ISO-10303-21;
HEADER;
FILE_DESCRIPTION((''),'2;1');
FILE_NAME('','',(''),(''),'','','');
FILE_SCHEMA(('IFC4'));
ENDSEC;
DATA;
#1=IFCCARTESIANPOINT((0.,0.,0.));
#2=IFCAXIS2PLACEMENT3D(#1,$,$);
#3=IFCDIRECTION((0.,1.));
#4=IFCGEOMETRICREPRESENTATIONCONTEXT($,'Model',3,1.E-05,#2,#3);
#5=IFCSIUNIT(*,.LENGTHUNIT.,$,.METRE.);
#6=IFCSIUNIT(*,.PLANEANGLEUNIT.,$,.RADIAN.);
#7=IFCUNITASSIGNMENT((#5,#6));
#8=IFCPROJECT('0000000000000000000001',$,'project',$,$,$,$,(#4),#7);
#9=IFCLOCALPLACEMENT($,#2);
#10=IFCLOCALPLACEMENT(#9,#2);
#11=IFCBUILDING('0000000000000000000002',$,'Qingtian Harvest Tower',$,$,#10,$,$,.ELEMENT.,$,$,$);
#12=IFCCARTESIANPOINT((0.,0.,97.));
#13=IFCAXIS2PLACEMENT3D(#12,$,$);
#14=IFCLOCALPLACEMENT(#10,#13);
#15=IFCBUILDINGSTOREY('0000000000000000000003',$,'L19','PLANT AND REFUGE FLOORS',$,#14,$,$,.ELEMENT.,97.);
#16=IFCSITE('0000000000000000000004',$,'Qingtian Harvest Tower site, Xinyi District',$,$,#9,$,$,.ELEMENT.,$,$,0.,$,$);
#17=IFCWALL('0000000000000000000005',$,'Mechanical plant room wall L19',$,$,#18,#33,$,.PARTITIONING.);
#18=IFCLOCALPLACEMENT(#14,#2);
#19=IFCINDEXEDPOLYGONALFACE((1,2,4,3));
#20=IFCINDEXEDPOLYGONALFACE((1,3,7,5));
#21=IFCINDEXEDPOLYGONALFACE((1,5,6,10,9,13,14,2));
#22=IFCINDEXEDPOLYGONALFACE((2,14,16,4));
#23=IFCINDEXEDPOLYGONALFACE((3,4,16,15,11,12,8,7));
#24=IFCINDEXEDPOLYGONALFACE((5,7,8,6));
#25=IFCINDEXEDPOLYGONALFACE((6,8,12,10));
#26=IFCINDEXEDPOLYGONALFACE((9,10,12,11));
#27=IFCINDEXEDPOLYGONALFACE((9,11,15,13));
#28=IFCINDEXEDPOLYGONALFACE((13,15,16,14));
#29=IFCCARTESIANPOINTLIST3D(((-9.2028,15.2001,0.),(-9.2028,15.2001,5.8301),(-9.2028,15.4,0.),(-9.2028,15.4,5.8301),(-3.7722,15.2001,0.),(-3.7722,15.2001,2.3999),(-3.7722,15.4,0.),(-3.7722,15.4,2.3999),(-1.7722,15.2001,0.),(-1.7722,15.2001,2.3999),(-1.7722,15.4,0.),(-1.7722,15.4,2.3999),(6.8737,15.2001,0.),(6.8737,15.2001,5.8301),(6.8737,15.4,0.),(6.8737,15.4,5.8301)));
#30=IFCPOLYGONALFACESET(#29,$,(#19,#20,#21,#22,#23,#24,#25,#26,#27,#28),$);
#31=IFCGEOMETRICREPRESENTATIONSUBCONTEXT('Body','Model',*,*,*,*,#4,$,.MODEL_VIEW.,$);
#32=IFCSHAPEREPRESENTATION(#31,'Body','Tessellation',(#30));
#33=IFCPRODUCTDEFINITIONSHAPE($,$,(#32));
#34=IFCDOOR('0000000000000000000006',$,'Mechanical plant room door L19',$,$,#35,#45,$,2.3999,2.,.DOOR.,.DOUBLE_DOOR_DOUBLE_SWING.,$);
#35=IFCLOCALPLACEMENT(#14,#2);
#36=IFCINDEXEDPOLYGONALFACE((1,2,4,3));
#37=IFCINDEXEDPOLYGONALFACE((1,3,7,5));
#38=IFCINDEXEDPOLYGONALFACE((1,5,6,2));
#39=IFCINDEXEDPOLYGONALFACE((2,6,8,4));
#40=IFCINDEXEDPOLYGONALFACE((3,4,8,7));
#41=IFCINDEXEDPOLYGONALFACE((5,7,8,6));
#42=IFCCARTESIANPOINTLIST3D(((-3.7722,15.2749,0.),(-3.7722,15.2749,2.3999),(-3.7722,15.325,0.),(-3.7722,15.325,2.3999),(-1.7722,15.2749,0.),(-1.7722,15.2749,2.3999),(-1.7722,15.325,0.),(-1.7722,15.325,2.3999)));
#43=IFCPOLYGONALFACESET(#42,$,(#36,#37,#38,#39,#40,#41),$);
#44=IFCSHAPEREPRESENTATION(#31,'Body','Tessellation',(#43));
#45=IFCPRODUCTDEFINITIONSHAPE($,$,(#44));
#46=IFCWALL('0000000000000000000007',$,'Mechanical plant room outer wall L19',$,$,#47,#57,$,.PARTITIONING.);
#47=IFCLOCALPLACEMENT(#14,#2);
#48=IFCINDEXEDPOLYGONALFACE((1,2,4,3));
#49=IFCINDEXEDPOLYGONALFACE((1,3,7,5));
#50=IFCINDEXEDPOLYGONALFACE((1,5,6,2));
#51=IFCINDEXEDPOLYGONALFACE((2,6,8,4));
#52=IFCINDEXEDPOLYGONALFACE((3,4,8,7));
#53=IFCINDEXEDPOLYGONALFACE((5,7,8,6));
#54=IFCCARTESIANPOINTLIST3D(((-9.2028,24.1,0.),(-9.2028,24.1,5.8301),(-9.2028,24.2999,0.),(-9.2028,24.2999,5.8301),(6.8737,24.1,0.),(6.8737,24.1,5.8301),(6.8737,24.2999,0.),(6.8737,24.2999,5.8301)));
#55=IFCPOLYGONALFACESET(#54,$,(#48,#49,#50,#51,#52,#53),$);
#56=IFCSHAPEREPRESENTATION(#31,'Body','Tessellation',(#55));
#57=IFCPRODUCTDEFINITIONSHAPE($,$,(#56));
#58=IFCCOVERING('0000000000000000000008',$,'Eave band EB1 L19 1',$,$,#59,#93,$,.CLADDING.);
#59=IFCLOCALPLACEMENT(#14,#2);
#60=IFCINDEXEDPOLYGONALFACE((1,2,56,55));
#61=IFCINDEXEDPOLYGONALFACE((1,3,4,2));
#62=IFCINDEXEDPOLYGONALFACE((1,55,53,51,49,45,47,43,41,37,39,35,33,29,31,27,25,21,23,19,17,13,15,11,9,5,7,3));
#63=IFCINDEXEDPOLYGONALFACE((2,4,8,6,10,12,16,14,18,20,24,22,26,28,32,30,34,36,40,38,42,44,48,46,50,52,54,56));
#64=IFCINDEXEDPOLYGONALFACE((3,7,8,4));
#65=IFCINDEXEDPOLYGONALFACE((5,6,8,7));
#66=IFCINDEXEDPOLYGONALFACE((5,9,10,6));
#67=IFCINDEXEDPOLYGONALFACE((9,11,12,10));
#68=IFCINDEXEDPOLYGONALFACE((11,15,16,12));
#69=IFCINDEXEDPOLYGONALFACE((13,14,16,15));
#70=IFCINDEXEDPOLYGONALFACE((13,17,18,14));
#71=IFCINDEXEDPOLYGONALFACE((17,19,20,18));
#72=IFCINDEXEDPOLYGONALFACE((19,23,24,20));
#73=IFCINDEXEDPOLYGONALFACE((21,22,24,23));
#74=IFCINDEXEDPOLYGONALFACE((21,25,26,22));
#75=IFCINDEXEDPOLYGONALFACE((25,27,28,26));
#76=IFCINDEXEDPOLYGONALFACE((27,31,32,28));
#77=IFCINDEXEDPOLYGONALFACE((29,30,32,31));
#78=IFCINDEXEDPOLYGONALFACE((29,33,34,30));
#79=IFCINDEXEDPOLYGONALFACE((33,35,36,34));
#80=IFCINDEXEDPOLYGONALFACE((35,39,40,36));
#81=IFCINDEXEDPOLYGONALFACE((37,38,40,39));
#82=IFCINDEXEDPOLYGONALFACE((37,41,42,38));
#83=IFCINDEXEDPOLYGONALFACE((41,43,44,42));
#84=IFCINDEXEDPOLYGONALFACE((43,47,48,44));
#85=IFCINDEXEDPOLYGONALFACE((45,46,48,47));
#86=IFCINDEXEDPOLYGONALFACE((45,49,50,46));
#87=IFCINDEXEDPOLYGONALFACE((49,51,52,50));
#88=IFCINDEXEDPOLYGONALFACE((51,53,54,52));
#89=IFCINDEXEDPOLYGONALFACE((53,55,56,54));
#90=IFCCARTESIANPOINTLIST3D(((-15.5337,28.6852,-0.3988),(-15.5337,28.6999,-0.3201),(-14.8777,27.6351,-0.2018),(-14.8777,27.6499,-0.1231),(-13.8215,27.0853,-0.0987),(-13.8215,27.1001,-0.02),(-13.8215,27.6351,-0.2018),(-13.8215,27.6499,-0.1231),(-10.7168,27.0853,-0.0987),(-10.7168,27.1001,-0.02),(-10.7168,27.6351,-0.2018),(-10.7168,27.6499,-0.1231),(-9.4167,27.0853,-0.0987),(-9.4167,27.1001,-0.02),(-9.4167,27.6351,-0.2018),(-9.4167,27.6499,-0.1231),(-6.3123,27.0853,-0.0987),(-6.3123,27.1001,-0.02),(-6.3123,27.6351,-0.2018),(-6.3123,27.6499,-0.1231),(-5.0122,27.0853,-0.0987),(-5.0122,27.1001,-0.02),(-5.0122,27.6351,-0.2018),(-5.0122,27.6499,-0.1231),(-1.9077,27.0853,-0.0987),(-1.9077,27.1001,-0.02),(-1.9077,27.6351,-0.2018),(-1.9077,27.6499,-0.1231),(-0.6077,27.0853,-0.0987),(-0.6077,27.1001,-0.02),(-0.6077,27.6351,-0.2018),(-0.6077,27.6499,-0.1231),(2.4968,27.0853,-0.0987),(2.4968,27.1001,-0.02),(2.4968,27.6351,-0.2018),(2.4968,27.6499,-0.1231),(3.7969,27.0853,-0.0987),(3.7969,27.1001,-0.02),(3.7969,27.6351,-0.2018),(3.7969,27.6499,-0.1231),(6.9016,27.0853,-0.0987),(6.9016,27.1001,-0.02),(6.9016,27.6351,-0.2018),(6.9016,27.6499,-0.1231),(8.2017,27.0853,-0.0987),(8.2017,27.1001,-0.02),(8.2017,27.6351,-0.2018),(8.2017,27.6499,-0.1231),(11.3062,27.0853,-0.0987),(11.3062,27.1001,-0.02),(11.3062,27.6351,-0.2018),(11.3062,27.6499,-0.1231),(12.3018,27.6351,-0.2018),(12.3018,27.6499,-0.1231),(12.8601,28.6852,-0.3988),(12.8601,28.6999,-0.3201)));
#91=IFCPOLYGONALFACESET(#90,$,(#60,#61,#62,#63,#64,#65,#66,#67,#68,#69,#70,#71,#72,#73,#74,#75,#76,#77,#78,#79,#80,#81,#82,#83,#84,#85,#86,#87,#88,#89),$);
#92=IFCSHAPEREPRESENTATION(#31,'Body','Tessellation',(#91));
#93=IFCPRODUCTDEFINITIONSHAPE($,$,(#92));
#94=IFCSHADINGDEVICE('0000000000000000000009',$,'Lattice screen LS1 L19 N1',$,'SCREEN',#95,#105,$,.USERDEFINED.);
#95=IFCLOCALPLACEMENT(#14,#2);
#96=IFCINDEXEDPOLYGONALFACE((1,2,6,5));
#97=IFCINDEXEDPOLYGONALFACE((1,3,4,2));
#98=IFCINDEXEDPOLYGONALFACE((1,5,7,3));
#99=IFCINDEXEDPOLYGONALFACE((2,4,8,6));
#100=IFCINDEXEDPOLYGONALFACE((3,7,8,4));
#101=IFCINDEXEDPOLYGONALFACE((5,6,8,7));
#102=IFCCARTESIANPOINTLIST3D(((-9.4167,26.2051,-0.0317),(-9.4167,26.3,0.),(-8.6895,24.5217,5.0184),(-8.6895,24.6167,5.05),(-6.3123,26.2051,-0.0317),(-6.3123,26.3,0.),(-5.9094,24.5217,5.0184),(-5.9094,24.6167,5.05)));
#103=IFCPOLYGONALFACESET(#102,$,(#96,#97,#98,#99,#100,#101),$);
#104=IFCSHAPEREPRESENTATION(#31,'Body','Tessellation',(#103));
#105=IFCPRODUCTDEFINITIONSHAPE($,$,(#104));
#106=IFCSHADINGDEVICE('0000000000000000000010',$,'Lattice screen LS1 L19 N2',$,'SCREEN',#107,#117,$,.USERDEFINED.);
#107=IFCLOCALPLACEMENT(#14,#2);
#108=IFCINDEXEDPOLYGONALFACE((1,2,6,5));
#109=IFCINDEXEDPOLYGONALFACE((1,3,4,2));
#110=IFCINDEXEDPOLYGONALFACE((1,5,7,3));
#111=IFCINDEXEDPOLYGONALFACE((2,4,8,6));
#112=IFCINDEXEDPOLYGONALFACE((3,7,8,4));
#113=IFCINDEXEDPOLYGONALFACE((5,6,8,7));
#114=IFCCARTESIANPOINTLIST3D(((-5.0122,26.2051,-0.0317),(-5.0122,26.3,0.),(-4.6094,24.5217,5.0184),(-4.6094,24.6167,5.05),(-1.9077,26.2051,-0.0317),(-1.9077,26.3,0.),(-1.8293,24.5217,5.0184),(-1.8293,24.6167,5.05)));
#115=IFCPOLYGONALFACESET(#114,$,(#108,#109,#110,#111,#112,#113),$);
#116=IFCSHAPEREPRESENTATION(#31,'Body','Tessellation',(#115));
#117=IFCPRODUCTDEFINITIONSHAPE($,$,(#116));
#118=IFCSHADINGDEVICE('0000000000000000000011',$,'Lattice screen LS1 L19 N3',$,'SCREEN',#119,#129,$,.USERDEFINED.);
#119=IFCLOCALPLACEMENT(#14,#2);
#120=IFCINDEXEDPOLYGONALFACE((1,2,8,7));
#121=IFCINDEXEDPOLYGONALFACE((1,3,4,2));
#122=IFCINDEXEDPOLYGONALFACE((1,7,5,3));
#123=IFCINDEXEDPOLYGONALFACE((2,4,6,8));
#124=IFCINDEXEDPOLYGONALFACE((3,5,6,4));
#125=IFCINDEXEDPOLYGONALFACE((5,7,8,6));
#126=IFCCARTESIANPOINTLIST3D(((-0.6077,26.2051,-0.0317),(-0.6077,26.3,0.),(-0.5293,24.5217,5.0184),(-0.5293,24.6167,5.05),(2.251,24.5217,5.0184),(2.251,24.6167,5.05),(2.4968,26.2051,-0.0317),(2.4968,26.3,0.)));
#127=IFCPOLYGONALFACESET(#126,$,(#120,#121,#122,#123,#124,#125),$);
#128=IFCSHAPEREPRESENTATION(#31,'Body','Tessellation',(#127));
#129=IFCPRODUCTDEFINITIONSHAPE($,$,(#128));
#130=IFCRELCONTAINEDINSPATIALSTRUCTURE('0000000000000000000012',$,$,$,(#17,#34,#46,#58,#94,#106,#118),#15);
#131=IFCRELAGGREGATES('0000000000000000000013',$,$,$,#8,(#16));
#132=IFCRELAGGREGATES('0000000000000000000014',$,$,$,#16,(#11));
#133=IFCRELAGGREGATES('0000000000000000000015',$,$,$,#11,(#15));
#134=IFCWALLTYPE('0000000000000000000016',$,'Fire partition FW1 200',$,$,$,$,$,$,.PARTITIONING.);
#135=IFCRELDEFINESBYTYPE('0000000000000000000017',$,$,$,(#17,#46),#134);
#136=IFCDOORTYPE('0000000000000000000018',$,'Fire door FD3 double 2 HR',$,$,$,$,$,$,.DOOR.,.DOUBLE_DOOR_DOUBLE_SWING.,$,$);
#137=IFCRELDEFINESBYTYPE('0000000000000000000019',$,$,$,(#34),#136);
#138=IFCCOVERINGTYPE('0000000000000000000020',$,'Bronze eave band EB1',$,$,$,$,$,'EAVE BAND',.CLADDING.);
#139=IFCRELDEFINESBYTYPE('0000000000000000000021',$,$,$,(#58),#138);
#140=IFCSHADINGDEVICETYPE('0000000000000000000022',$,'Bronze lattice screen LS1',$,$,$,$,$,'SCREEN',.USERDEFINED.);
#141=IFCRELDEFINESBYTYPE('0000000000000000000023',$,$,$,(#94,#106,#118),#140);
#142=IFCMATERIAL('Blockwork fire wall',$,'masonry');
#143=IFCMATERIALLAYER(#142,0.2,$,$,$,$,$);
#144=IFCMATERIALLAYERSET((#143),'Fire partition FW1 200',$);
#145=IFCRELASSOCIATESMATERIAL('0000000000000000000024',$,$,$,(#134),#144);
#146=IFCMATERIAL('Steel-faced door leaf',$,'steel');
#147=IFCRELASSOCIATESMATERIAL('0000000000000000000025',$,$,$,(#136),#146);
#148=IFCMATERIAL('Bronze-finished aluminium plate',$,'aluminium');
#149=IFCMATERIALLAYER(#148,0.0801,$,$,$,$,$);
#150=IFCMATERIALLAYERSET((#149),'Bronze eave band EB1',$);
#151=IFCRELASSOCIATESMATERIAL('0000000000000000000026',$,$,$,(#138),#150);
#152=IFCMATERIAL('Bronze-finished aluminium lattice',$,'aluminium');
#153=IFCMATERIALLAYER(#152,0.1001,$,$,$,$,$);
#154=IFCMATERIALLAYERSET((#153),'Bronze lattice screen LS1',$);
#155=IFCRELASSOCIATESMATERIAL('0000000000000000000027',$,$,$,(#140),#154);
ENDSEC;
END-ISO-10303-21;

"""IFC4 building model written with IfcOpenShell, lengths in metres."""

from ifc_helpers import new_model, si_unit, direction, frame, frame_2d, origin, place, context, subcontext, project, spatial, polyline, rectangle, outline, extrude, material, layer, layer_set, type_object, element, fill, save


model = new_model("IFC4")

# Units and contexts
model_context = context("Model", 3, precision=1e-05, world=origin(), true_north=direction((0.0, 1.0)))
body_context = subcontext(model_context, "Body", "Model", "MODEL_VIEW")
ifc_project = project(units=[si_unit("LENGTHUNIT", "METRE"), si_unit("PLANEANGLEUNIT", "RADIAN")], contexts=[model_context])

# Site, building, storey
site_placement = place(None, origin())
site = spatial("IfcSite", under=ifc_project, at=site_placement, Name="Qingtian Harvest Tower site, Xinyi District", CompositionType="ELEMENT", RefElevation=0.0)
building_placement = place(site_placement, origin())
building = spatial("IfcBuilding", under=site, at=building_placement, Name="Qingtian Harvest Tower", CompositionType="ELEMENT")
storey_placement = place(building_placement, frame((0.0, 0.0, 97.0)))
storey = spatial("IfcBuildingStorey", under=building, at=storey_placement, Name="L19", Description="PLANT AND REFUGE FLOORS", CompositionType="ELEMENT", Elevation=97.0)

# Shared definitions
ifc_material_1 = material(Name="Blockwork fire wall", Category="masonry")
ifc_layer_1 = layer(ifc_material_1, 0.2)
ifc_layer_set_1 = layer_set([ifc_layer_1], Name="Fire partition FW1 200")
wall_type = type_object("IfcWallType", Name="Fire partition FW1 200", PredefinedType="PARTITIONING", material=ifc_layer_set_1)

# Wall, opening, door
wall_1_placement = place(storey_placement, frame((-9.2026, 15.3, 0.0), z_axis=(0.0, 0.0, 1.0), x_axis=(1.0, 0.0, 0.0)))
wall_1 = element("IfcWall", 1, at=wall_1_placement, inside=storey, type_object=wall_type, Name="Mechanical plant room wall L19", PredefinedType="PARTITIONING", context=body_context, shape_type="SweptSolid", body=[
    extrude(rectangle(XDim=16.0764, YDim=0.2, at=frame_2d((8.0381, 0.0))), origin(), (0.0, 0.0, 1.0), 5.8301),
])
opening_placement = place(wall_1_placement, frame((5.4304, 0.0, 0.0)))
opening = element("IfcOpeningElement", 2, at=opening_placement, cuts=wall_1, PredefinedType="OPENING", context=body_context, shape_type="SweptSolid", body=[
    extrude(rectangle(XDim=2.0, YDim=2.3999, at=frame_2d((1.0, 1.2))), frame((0.0, 0.1099, 0.0), z_axis=(0.0, -1.0, 0.0), x_axis=(1.0, 0.0, 0.0)), (0.0, 0.0, 1.0), 0.22),
])
ifc_material_2 = material(Name="Steel-faced door leaf", Category="steel")
door_type = type_object("IfcDoorType", Name="Fire door FD3 double 2 HR", OperationType="DOUBLE_DOOR_DOUBLE_SWING", PredefinedType="DOOR", material=ifc_material_2)
door_placement = place(opening_placement, origin())
door = element("IfcDoor", 3, at=door_placement, inside=storey, type_object=door_type, Name="Mechanical plant room door L19", OperationType="DOUBLE_DOOR_DOUBLE_SWING", OverallHeight=2.3999, OverallWidth=2.0, PredefinedType="DOOR", context=body_context, shape_type="SweptSolid", body=[
    extrude(rectangle(XDim=2.0, YDim=2.3999, at=frame_2d((1.0, 1.2))), frame((0.0, 0.0249, 0.0), z_axis=(0.0, -1.0, 0.0), x_axis=(1.0, 0.0, 0.0)), (0.0, 0.0, 1.0), 0.05),
])
fill(opening, door)

# Wall
wall_2_placement = place(storey_placement, frame((-9.2026, 24.2, 0.0), z_axis=(0.0, 0.0, 1.0), x_axis=(1.0, 0.0, 0.0)))
element("IfcWall", 4, at=wall_2_placement, inside=storey, type_object=wall_type, Name="Mechanical plant room outer wall L19", PredefinedType="PARTITIONING", context=body_context, shape_type="SweptSolid", body=[
    extrude(rectangle(XDim=16.0764, YDim=0.2, at=frame_2d((8.0381, 0.0))), origin(), (0.0, 0.0, 1.0), 5.8301),
])

# Covering
ifc_material_3 = material(Name="Bronze-finished aluminium plate", Category="aluminium")
ifc_layer_2 = layer(ifc_material_3, 0.0801)
ifc_layer_set_2 = layer_set([ifc_layer_2], Name="Bronze eave band EB1")
covering_type = type_object("IfcCoveringType", Name="Bronze eave band EB1", ElementType="EAVE BAND", PredefinedType="CLADDING", material=ifc_layer_set_2)
covering_placement = place(storey_placement, frame((-13.8215, 27.1001, -0.02), z_axis=(0.0, 0.184353, 0.98286), x_axis=(0.0, 0.98286, -0.184353)))
element("IfcCovering", 5, at=covering_placement, inside=storey, type_object=covering_type, Name="Eave band EB1 L19 1", PredefinedType="CLADDING", context=body_context, shape_type="SweptSolid", body=[
    extrude(outline(polyline([(0.0, 0.0), (0.5594, 0.0), (0.5594, 1.0562), (1.6277, 1.7122), (1.6277, -26.6816), (0.5594, -26.1233), (0.5594, -25.1277), (0.0, -25.1277), (0.0, -22.0232), (0.5594, -22.0232), (0.5594, -20.7231), (0.0, -20.7231), (0.0, -17.6184), (0.5594, -17.6184), (0.5594, -16.3184), (0.0, -16.3184), (0.0, -13.2139), (0.5594, -13.2139), (0.5594, -11.9138), (0.0, -11.9138), (0.0, -8.8093), (0.5594, -8.8093), (0.5594, -7.5093), (0.0, -7.5093), (0.0, -4.4048), (0.5594, -4.4048), (0.5594, -3.1047), (0.0, -3.1047), (0.0, 0.0)])), origin(), (0.0, 0.0, -1.0), 0.0801),
])

# Shading devices
ifc_material_4 = material(Name="Bronze-finished aluminium lattice", Category="aluminium")
ifc_layer_3 = layer(ifc_material_4, 0.1001)
ifc_layer_set_3 = layer_set([ifc_layer_3], Name="Bronze lattice screen LS1")
shading_device_type = type_object("IfcShadingDeviceType", Name="Bronze lattice screen LS1", ElementType="SCREEN", PredefinedType="USERDEFINED", material=ifc_layer_set_3)
shading_device_1_placement = place(storey_placement, frame((-9.4167, 26.3, 0.0), z_axis=(0.0, 0.948683, 0.316228), x_axis=(1.0, 0.0, 0.0)))
element("IfcShadingDevice", 6, at=shading_device_1_placement, inside=storey, type_object=shading_device_type, Name="Lattice screen LS1 L19 N1", ObjectType="SCREEN", PredefinedType="USERDEFINED", context=body_context, shape_type="SweptSolid", body=[
    extrude(outline(polyline([(0.0, 0.0), (3.1045, 0.0), (3.5073, -5.3232), (0.7273, -5.3232), (0.0, 0.0)])), origin(), (0.0, 0.0, -1.0), 0.1001),
])
shading_device_2_placement = place(storey_placement, frame((-5.0122, 26.3, 0.0), z_axis=(0.0, 0.948683, 0.316228), x_axis=(1.0, 0.0, 0.0)))
element("IfcShadingDevice", 7, at=shading_device_2_placement, inside=storey, type_object=shading_device_type, Name="Lattice screen LS1 L19 N2", ObjectType="SCREEN", PredefinedType="USERDEFINED", context=body_context, shape_type="SweptSolid", body=[
    extrude(outline(polyline([(0.0, 0.0), (3.1045, 0.0), (3.1829, -5.3232), (0.4028, -5.3232), (0.0, 0.0)])), origin(), (0.0, 0.0, -1.0), 0.1001),
])
shading_device_3_placement = place(storey_placement, frame((-0.6077, 26.3, 0.0), z_axis=(0.0, 0.948683, 0.316228), x_axis=(1.0, 0.0, 0.0)))
element("IfcShadingDevice", 8, at=shading_device_3_placement, inside=storey, type_object=shading_device_type, Name="Lattice screen LS1 L19 N3", ObjectType="SCREEN", PredefinedType="USERDEFINED", context=body_context, shape_type="SweptSolid", body=[
    extrude(outline(polyline([(0.0, 0.0), (3.1045, 0.0), (2.8586, -5.3232), (0.0784, -5.3232), (0.0, 0.0)])), origin(), (0.0, 0.0, -1.0), 0.1001),
])

save(model, "model.ifc")
